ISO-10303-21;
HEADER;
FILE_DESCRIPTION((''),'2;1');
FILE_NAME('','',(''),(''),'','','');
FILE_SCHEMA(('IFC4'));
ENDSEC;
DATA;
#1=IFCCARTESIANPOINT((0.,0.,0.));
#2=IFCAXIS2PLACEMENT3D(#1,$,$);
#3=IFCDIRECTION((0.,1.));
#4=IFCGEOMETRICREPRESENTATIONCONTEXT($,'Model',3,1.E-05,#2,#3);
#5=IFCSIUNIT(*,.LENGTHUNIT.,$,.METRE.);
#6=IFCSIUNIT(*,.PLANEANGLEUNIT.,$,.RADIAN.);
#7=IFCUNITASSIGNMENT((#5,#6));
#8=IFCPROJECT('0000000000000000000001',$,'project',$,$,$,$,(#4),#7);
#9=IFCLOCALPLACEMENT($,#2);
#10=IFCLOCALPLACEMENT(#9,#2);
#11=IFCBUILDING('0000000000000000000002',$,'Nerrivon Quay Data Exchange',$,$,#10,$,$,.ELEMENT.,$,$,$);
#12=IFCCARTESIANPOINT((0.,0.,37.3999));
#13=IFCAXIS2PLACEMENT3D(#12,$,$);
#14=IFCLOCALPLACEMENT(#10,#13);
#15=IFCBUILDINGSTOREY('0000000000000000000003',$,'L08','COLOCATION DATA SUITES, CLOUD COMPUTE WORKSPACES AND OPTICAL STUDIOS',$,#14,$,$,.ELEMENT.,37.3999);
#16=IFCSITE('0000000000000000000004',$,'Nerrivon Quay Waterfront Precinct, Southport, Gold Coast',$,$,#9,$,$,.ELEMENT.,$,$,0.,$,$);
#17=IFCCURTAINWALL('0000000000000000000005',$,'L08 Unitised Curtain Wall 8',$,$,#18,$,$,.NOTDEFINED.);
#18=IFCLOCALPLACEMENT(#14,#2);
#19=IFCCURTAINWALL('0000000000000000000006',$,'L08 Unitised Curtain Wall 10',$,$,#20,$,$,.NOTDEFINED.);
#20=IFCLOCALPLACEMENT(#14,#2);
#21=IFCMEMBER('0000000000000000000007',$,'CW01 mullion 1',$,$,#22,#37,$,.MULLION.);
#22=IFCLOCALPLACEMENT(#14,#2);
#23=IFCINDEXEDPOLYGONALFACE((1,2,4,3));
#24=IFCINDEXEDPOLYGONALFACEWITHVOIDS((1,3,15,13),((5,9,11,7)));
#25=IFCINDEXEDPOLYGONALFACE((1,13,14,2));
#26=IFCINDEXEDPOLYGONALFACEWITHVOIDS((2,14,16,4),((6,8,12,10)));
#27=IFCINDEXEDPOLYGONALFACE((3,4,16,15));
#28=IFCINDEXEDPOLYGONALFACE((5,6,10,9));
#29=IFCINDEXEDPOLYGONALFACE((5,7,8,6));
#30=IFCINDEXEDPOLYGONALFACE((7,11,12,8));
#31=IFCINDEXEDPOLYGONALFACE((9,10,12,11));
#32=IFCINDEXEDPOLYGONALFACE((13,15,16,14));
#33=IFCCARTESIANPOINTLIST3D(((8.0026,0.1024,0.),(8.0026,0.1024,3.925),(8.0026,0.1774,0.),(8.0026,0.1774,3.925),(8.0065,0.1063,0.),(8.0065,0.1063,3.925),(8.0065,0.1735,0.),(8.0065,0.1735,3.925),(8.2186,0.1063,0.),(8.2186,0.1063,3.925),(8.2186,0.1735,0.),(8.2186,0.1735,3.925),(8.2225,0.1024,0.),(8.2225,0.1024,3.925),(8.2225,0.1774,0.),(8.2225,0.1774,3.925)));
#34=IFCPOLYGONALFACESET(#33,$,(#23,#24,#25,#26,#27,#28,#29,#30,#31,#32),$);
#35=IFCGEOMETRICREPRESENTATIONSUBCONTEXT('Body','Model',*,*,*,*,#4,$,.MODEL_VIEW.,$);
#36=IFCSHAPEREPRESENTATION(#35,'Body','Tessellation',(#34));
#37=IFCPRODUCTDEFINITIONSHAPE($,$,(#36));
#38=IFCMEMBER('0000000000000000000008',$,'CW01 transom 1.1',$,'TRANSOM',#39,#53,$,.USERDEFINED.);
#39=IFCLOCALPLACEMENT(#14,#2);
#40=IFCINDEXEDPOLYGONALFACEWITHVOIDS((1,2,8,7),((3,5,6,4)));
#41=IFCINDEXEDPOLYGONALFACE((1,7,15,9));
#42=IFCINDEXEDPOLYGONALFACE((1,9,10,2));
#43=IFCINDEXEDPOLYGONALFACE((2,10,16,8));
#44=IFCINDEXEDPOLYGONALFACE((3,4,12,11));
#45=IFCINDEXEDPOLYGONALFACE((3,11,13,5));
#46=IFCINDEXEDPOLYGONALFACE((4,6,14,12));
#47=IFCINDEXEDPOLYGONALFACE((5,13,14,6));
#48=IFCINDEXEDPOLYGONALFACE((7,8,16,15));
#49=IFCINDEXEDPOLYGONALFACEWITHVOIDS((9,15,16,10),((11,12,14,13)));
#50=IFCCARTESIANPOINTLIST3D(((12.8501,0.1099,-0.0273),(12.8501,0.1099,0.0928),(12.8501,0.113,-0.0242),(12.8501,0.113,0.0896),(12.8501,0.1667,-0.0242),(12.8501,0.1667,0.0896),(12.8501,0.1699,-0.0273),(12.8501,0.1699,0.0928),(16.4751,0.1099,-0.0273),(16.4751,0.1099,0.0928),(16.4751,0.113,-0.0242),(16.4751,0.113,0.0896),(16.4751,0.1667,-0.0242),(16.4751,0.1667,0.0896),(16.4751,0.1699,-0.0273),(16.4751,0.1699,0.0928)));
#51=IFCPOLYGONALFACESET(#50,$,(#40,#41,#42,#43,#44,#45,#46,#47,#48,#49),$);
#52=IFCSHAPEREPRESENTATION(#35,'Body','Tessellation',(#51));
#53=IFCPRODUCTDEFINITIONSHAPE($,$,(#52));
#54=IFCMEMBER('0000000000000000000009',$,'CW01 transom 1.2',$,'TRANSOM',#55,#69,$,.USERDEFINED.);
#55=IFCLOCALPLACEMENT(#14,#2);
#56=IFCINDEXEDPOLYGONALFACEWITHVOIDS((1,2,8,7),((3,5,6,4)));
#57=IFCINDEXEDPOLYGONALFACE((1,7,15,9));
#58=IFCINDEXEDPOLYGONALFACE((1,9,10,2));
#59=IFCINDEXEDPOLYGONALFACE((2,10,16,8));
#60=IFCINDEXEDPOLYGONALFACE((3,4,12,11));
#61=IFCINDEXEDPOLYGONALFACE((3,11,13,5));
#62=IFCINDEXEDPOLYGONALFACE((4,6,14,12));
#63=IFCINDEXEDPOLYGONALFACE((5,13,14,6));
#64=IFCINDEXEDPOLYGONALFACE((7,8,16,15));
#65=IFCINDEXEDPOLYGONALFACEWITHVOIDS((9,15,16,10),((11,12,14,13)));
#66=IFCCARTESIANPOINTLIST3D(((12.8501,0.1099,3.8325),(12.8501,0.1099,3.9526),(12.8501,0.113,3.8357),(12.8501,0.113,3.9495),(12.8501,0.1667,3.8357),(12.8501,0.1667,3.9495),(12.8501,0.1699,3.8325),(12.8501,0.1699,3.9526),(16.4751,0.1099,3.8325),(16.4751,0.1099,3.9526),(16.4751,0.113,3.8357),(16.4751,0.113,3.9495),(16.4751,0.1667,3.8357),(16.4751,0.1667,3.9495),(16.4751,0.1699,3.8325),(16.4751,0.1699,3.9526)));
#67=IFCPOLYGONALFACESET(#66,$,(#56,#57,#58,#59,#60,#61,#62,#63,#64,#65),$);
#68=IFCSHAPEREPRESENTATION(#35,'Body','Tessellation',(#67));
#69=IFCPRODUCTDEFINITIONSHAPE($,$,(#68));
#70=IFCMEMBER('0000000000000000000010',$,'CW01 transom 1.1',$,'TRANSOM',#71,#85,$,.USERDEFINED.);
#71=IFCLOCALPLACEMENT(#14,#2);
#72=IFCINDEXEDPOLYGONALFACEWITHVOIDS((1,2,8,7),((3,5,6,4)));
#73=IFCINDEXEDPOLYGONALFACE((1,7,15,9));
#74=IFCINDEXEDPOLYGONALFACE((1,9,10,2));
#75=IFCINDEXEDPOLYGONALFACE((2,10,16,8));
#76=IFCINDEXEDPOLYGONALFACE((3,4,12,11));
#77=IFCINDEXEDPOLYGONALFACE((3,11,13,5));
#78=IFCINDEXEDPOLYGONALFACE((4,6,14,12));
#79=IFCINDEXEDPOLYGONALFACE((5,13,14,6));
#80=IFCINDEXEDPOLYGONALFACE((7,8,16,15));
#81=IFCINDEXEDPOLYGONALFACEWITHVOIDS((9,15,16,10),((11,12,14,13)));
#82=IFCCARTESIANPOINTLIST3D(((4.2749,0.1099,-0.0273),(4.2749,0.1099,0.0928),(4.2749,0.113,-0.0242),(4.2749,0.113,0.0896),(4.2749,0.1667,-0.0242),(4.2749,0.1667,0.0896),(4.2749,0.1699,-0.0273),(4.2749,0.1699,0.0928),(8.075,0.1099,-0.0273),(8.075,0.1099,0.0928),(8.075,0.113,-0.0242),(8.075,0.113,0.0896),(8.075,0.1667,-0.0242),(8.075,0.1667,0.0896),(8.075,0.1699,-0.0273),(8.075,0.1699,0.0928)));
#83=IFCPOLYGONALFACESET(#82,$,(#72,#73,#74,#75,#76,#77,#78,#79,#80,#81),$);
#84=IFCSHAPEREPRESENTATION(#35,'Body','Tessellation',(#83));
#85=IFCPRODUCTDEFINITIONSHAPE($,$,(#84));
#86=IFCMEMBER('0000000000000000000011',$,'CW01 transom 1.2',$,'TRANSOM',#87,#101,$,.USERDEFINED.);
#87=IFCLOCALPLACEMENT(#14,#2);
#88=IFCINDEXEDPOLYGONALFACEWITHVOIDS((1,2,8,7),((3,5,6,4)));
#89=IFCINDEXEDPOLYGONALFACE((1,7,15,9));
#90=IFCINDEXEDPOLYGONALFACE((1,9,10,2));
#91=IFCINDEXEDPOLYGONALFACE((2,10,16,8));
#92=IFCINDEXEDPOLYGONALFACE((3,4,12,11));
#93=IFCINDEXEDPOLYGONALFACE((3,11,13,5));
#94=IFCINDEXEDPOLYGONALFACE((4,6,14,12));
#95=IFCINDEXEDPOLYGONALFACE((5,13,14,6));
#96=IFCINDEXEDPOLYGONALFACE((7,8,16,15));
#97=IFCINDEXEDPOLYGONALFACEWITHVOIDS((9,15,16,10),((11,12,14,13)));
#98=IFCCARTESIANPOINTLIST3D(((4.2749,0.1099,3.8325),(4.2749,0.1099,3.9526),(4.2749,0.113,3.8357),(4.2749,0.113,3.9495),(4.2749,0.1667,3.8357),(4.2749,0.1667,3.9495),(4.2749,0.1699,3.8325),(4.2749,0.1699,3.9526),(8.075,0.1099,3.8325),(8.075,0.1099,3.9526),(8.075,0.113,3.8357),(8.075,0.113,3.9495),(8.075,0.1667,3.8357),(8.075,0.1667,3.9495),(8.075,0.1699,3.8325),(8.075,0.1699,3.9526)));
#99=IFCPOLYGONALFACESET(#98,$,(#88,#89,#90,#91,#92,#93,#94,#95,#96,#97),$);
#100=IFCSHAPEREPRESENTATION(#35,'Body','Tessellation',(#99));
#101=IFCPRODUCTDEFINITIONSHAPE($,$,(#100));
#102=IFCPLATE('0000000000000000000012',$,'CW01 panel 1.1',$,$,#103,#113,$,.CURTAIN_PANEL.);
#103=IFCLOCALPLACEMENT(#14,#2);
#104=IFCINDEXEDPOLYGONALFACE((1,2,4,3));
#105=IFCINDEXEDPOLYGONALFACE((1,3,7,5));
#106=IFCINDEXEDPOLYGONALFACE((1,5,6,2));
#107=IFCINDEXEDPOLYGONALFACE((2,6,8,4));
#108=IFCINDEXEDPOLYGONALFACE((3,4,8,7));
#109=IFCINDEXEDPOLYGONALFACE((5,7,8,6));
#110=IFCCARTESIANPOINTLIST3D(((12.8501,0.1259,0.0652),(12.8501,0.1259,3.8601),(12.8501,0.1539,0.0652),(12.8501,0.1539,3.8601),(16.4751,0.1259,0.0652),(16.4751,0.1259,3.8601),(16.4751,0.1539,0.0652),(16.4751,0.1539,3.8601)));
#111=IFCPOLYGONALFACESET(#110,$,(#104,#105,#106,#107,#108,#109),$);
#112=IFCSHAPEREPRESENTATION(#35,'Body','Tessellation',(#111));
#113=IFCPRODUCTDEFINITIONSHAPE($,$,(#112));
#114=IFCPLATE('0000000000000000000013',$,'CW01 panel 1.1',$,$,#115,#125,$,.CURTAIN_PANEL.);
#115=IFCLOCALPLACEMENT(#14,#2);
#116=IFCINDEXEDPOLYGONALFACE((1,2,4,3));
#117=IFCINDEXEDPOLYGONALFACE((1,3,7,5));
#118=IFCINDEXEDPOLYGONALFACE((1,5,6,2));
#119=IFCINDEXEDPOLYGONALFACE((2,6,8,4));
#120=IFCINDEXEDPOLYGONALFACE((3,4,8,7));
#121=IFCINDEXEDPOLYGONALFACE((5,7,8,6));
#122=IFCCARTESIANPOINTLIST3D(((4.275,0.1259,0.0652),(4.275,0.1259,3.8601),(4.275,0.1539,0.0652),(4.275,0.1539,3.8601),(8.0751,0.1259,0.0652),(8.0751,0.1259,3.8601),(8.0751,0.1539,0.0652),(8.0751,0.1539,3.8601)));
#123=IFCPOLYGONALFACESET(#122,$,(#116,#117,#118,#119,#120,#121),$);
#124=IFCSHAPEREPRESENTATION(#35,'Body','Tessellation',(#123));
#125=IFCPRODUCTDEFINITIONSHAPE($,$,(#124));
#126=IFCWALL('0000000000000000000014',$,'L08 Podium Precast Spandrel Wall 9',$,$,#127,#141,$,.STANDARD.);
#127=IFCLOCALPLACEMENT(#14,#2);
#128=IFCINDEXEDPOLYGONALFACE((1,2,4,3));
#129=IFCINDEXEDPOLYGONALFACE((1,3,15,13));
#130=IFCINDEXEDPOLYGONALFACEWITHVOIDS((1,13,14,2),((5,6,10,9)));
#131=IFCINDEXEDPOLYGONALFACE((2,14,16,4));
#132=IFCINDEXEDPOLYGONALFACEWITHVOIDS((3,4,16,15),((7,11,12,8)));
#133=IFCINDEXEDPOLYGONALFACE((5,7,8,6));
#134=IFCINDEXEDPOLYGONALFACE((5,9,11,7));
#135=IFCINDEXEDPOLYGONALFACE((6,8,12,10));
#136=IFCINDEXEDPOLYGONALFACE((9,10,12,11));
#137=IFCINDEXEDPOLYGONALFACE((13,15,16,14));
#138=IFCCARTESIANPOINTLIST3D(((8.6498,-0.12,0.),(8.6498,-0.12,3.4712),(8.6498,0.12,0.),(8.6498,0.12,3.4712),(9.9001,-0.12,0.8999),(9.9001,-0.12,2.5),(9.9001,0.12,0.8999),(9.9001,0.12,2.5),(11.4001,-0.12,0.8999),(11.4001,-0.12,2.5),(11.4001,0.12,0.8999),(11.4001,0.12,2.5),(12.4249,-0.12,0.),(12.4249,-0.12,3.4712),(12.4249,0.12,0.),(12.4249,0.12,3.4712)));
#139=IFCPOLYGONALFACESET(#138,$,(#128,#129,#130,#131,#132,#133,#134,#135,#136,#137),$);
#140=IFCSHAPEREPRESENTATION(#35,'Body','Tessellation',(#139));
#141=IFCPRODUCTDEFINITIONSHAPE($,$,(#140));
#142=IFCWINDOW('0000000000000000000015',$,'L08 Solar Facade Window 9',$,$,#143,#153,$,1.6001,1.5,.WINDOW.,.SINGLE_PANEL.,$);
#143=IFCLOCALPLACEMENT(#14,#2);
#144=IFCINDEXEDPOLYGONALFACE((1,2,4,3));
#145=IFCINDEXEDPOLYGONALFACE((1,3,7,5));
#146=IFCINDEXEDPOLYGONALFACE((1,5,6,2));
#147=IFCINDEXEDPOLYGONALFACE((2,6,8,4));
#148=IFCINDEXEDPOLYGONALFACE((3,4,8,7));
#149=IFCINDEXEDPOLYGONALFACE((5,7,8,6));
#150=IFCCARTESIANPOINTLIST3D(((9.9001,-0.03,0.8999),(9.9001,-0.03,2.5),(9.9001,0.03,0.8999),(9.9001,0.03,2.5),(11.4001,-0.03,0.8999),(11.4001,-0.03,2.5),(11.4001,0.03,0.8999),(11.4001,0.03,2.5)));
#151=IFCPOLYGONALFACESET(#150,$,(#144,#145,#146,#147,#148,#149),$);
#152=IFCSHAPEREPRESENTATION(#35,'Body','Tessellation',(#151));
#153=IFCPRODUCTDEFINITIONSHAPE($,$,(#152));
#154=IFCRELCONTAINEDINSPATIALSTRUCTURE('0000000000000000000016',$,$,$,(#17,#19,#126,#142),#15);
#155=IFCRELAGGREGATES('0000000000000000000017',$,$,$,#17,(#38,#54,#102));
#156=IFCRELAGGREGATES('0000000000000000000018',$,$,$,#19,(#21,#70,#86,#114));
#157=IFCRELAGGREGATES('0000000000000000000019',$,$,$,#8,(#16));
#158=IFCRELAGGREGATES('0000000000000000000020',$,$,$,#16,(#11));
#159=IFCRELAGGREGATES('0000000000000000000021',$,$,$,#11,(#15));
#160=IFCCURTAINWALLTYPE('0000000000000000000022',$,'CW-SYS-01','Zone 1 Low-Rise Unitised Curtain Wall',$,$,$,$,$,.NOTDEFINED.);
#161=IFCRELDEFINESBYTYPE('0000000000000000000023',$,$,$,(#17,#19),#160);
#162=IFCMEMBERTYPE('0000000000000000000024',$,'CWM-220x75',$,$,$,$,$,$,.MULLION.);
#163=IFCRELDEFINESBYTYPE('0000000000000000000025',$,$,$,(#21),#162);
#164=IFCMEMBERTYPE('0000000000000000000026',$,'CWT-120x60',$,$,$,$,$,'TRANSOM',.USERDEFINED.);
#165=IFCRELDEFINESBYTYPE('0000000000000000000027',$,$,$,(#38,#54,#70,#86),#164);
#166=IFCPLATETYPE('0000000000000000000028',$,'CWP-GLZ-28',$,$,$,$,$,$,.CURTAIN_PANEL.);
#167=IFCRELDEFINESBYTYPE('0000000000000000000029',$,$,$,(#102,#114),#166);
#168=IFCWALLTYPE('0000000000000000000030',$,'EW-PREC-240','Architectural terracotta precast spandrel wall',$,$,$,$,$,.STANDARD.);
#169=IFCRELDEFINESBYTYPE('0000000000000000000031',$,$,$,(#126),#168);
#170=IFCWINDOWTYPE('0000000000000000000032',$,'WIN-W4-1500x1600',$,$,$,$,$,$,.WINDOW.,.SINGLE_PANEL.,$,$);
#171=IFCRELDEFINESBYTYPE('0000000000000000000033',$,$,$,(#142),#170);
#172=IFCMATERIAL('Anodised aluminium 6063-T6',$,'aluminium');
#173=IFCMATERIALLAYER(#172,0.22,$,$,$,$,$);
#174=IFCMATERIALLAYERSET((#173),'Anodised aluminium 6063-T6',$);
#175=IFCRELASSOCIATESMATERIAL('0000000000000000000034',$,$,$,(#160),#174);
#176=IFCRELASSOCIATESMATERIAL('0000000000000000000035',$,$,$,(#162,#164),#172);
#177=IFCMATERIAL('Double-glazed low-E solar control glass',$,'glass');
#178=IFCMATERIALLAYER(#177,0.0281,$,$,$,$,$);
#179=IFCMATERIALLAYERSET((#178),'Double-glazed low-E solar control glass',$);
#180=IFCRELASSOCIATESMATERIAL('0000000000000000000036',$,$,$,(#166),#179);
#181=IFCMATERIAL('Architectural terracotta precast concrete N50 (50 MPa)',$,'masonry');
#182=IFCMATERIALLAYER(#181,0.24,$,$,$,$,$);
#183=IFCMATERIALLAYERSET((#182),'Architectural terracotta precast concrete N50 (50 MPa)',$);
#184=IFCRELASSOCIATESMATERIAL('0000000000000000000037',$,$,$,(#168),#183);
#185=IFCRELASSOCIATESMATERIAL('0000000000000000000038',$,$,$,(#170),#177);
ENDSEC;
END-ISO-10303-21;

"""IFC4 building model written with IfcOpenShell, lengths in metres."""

from ifc_helpers import new_model, si_unit, direction, frame, frame_2d, origin, origin_2d, place, context, subcontext, project, spatial, rectangle, hollow_rectangle, extrude, material, layer, layer_set, material_profile, profile_set, type_object, element, fill, aggregate, save


model = new_model("IFC4")

# Units and contexts
model_context = context("Model", 3, precision=1e-05, world=origin(), true_north=direction((0.0, 1.0)))
body_context = subcontext(model_context, "Body", "Model", "MODEL_VIEW")
ifc_project = project(units=[si_unit("LENGTHUNIT", "METRE"), si_unit("PLANEANGLEUNIT", "RADIAN")], contexts=[model_context])

# Site, building, storey
site_placement = place(None, origin())
site = spatial("IfcSite", under=ifc_project, at=site_placement, Name="Nerrivon Quay Waterfront Precinct, Southport, Gold Coast", CompositionType="ELEMENT", RefElevation=0.0)
building_placement = place(site_placement, origin())
building = spatial("IfcBuilding", under=site, at=building_placement, Name="Nerrivon Quay Data Exchange", CompositionType="ELEMENT")
storey_placement = place(building_placement, frame((0.0, 0.0, 37.3999)))
storey = spatial("IfcBuildingStorey", under=building, at=storey_placement, Name="L08", Description="COLOCATION DATA SUITES, CLOUD COMPUTE WORKSPACES AND OPTICAL STUDIOS", CompositionType="ELEMENT", Elevation=37.3999)

# Curtain wall
ifc_material_1 = material(Name="Anodised aluminium 6063-T6", Category="aluminium")
ifc_layer_1 = layer(ifc_material_1, 0.22)
ifc_layer_set_1 = layer_set([ifc_layer_1], Name="Anodised aluminium 6063-T6")
curtain_wall_type = type_object("IfcCurtainWallType", Name="CW-SYS-01", Description="Zone 1 Low-Rise Unitised Curtain Wall", PredefinedType="NOTDEFINED", material=ifc_layer_set_1)
curtain_wall_1_placement = place(storey_placement, origin())
curtain_wall_1 = element("IfcCurtainWall", 1, at=curtain_wall_1_placement, inside=storey, type_object=curtain_wall_type, Name="L08 Unitised Curtain Wall 8", PredefinedType="NOTDEFINED")
ifc_material_profile_1 = material_profile(ifc_material_1, hollow_rectangle(XDim=0.075, YDim=0.22, WallThickness=0.0039, at=origin_2d()), Name="ALU-MULL-220x75")
ifc_profile_set_1 = profile_set([ifc_material_profile_1], Name="Anodised aluminium 6063-T6")
member_type_1 = type_object("IfcMemberType", Name="CWM-220x75", PredefinedType="MULLION", material=ifc_profile_set_1)

# Curtain wall, member
curtain_wall_2_placement = place(storey_placement, origin())
curtain_wall_2 = element("IfcCurtainWall", 2, at=curtain_wall_2_placement, inside=storey, type_object=curtain_wall_type, Name="L08 Unitised Curtain Wall 10", PredefinedType="NOTDEFINED")
member_1_placement = place(storey_placement, frame((8.1125, 0.1399, 0.0), z_axis=(0.0, 0.0, 1.0), x_axis=(0.0, -1.0, 0.0)))
member_1 = element("IfcMember", 3, at=member_1_placement, type_object=member_type_1, Name="CW01 mullion 1", PredefinedType="MULLION", context=body_context, shape_type="SweptSolid", body=[
    extrude(hollow_rectangle(XDim=0.075, YDim=0.22, WallThickness=0.0039, at=origin_2d()), origin(), (0.0, 0.0, 1.0), 3.925),
])

# Members
ifc_material_profile_2 = material_profile(ifc_material_1, hollow_rectangle(XDim=0.0601, YDim=0.1201, WallThickness=0.0032, at=origin_2d()), Name="ALU-TRAN-120x60")
ifc_profile_set_2 = profile_set([ifc_material_profile_2], Name="Anodised aluminium 6063-T6")
member_type_2 = type_object("IfcMemberType", Name="CWT-120x60", ElementType="TRANSOM", PredefinedType="USERDEFINED", material=ifc_profile_set_2)
member_2_placement = place(storey_placement, frame((16.4751, 0.1399, 0.0327), z_axis=(-1.0, 0.0, 0.0), x_axis=(0.0, -1.0, 0.0)))
member_2 = element("IfcMember", 4, at=member_2_placement, type_object=member_type_2, Name="CW01 transom 1.1", ObjectType="TRANSOM", PredefinedType="USERDEFINED", context=body_context, shape_type="SweptSolid", body=[
    extrude(hollow_rectangle(XDim=0.0601, YDim=0.1201, WallThickness=0.0032, at=origin_2d()), origin(), (0.0, 0.0, 1.0), 3.625),
])
member_3_placement = place(storey_placement, frame((16.4751, 0.1399, 3.8926), z_axis=(-1.0, 0.0, 0.0), x_axis=(0.0, -1.0, 0.0)))
member_3 = element("IfcMember", 5, at=member_3_placement, type_object=member_type_2, Name="CW01 transom 1.2", ObjectType="TRANSOM", PredefinedType="USERDEFINED", context=body_context, shape_type="SweptSolid", body=[
    extrude(hollow_rectangle(XDim=0.0601, YDim=0.1201, WallThickness=0.0032, at=origin_2d()), origin(), (0.0, 0.0, 1.0), 3.625),
])
member_4_placement = place(storey_placement, frame((8.075, 0.1399, 0.0327), z_axis=(-1.0, 0.0, 0.0), x_axis=(0.0, -1.0, 0.0)))
member_4 = element("IfcMember", 6, at=member_4_placement, type_object=member_type_2, Name="CW01 transom 1.1", ObjectType="TRANSOM", PredefinedType="USERDEFINED", context=body_context, shape_type="SweptSolid", body=[
    extrude(hollow_rectangle(XDim=0.0601, YDim=0.1201, WallThickness=0.0032, at=origin_2d()), origin(), (0.0, 0.0, 1.0), 3.8),
])
member_5_placement = place(storey_placement, frame((8.075, 0.1399, 3.8926), z_axis=(-1.0, 0.0, 0.0), x_axis=(0.0, -1.0, 0.0)))
member_5 = element("IfcMember", 7, at=member_5_placement, type_object=member_type_2, Name="CW01 transom 1.2", ObjectType="TRANSOM", PredefinedType="USERDEFINED", context=body_context, shape_type="SweptSolid", body=[
    extrude(hollow_rectangle(XDim=0.0601, YDim=0.1201, WallThickness=0.0032, at=origin_2d()), origin(), (0.0, 0.0, 1.0), 3.8),
])

# Plates
ifc_material_2 = material(Name="Double-glazed low-E solar control glass", Category="glass")
ifc_layer_2 = layer(ifc_material_2, 0.0281)
ifc_layer_set_2 = layer_set([ifc_layer_2], Name="Double-glazed low-E solar control glass")
plate_type = type_object("IfcPlateType", Name="CWP-GLZ-28", PredefinedType="CURTAIN_PANEL", material=ifc_layer_set_2)
plate_1_placement = place(storey_placement, frame((14.6626, 0.1399, 0.0652), z_axis=(0.0, 0.0, 1.0), x_axis=(-1.0, 0.0, 0.0)))
plate_1 = element("IfcPlate", 8, at=plate_1_placement, type_object=plate_type, Name="CW01 panel 1.1", PredefinedType="CURTAIN_PANEL", context=body_context, shape_type="SweptSolid", body=[
    extrude(rectangle(XDim=3.625, YDim=0.0281, at=origin_2d()), origin(), (0.0, 0.0, 1.0), 3.7949),
])
aggregate(curtain_wall_1, [member_2, member_3, plate_1])
plate_2_placement = place(storey_placement, frame((6.175, 0.1399, 0.0652), z_axis=(0.0, 0.0, 1.0), x_axis=(-1.0, 0.0, 0.0)))
plate_2 = element("IfcPlate", 9, at=plate_2_placement, type_object=plate_type, Name="CW01 panel 1.1", PredefinedType="CURTAIN_PANEL", context=body_context, shape_type="SweptSolid", body=[
    extrude(rectangle(XDim=3.8, YDim=0.0281, at=origin_2d()), origin(), (0.0, 0.0, 1.0), 3.7949),
])
aggregate(curtain_wall_2, [member_1, member_4, member_5, plate_2])

# Wall, opening, window
ifc_material_3 = material(Name="Architectural terracotta precast concrete N50 (50 MPa)", Category="masonry")
ifc_layer_3 = layer(ifc_material_3, 0.24)
ifc_layer_set_3 = layer_set([ifc_layer_3], Name="Architectural terracotta precast concrete N50 (50 MPa)")
wall_type_1 = type_object("IfcWallType", Name="EW-PREC-240", Description="Architectural terracotta precast spandrel wall", PredefinedType="STANDARD", material=ifc_layer_set_3)
wall_1_placement = place(storey_placement, frame((12.425, 0.0, 0.0), z_axis=(0.0, 0.0, 1.0), x_axis=(-1.0, 0.0, 0.0)))
wall_1 = element("IfcWall", 10, at=wall_1_placement, inside=storey, type_object=wall_type_1, Name="L08 Podium Precast Spandrel Wall 9", PredefinedType="STANDARD", context=body_context, shape_type="SweptSolid", body=[
    extrude(rectangle(XDim=3.7751, YDim=0.24, at=frame_2d((1.8877, 0.0))), origin(), (0.0, 0.0, 1.0), 3.4712),
])
opening_1_placement = place(wall_1_placement, frame((1.0249, 0.0, 0.8999)))
opening_1 = element("IfcOpeningElement", 11, at=opening_1_placement, cuts=wall_1, PredefinedType="OPENING", context=body_context, shape_type="SweptSolid", body=[
    extrude(rectangle(XDim=1.5, YDim=1.6001, at=frame_2d((0.75, 0.8))), frame((0.0, 0.1299, 0.0), z_axis=(0.0, -1.0, 0.0), x_axis=(1.0, 0.0, 0.0)), (0.0, 0.0, 1.0), 0.26),
])
window_type = type_object("IfcWindowType", Name="WIN-W4-1500x1600", PartitioningType="SINGLE_PANEL", PredefinedType="WINDOW", material=ifc_material_2)
window_placement = place(opening_1_placement, origin())
window = element("IfcWindow", 12, at=window_placement, inside=storey, type_object=window_type, Name="L08 Solar Facade Window 9", OverallHeight=1.6001, OverallWidth=1.5, PartitioningType="SINGLE_PANEL", PredefinedType="WINDOW", context=body_context, shape_type="SweptSolid", body=[
    extrude(rectangle(XDim=1.5, YDim=1.6001, at=frame_2d((0.75, 0.8))), frame((0.0, 0.03, 0.0), z_axis=(0.0, -1.0, 0.0), x_axis=(1.0, 0.0, 0.0)), (0.0, 0.0, 1.0), 0.0601),
])
fill(opening_1, window)

save(model, "model.ifc")
